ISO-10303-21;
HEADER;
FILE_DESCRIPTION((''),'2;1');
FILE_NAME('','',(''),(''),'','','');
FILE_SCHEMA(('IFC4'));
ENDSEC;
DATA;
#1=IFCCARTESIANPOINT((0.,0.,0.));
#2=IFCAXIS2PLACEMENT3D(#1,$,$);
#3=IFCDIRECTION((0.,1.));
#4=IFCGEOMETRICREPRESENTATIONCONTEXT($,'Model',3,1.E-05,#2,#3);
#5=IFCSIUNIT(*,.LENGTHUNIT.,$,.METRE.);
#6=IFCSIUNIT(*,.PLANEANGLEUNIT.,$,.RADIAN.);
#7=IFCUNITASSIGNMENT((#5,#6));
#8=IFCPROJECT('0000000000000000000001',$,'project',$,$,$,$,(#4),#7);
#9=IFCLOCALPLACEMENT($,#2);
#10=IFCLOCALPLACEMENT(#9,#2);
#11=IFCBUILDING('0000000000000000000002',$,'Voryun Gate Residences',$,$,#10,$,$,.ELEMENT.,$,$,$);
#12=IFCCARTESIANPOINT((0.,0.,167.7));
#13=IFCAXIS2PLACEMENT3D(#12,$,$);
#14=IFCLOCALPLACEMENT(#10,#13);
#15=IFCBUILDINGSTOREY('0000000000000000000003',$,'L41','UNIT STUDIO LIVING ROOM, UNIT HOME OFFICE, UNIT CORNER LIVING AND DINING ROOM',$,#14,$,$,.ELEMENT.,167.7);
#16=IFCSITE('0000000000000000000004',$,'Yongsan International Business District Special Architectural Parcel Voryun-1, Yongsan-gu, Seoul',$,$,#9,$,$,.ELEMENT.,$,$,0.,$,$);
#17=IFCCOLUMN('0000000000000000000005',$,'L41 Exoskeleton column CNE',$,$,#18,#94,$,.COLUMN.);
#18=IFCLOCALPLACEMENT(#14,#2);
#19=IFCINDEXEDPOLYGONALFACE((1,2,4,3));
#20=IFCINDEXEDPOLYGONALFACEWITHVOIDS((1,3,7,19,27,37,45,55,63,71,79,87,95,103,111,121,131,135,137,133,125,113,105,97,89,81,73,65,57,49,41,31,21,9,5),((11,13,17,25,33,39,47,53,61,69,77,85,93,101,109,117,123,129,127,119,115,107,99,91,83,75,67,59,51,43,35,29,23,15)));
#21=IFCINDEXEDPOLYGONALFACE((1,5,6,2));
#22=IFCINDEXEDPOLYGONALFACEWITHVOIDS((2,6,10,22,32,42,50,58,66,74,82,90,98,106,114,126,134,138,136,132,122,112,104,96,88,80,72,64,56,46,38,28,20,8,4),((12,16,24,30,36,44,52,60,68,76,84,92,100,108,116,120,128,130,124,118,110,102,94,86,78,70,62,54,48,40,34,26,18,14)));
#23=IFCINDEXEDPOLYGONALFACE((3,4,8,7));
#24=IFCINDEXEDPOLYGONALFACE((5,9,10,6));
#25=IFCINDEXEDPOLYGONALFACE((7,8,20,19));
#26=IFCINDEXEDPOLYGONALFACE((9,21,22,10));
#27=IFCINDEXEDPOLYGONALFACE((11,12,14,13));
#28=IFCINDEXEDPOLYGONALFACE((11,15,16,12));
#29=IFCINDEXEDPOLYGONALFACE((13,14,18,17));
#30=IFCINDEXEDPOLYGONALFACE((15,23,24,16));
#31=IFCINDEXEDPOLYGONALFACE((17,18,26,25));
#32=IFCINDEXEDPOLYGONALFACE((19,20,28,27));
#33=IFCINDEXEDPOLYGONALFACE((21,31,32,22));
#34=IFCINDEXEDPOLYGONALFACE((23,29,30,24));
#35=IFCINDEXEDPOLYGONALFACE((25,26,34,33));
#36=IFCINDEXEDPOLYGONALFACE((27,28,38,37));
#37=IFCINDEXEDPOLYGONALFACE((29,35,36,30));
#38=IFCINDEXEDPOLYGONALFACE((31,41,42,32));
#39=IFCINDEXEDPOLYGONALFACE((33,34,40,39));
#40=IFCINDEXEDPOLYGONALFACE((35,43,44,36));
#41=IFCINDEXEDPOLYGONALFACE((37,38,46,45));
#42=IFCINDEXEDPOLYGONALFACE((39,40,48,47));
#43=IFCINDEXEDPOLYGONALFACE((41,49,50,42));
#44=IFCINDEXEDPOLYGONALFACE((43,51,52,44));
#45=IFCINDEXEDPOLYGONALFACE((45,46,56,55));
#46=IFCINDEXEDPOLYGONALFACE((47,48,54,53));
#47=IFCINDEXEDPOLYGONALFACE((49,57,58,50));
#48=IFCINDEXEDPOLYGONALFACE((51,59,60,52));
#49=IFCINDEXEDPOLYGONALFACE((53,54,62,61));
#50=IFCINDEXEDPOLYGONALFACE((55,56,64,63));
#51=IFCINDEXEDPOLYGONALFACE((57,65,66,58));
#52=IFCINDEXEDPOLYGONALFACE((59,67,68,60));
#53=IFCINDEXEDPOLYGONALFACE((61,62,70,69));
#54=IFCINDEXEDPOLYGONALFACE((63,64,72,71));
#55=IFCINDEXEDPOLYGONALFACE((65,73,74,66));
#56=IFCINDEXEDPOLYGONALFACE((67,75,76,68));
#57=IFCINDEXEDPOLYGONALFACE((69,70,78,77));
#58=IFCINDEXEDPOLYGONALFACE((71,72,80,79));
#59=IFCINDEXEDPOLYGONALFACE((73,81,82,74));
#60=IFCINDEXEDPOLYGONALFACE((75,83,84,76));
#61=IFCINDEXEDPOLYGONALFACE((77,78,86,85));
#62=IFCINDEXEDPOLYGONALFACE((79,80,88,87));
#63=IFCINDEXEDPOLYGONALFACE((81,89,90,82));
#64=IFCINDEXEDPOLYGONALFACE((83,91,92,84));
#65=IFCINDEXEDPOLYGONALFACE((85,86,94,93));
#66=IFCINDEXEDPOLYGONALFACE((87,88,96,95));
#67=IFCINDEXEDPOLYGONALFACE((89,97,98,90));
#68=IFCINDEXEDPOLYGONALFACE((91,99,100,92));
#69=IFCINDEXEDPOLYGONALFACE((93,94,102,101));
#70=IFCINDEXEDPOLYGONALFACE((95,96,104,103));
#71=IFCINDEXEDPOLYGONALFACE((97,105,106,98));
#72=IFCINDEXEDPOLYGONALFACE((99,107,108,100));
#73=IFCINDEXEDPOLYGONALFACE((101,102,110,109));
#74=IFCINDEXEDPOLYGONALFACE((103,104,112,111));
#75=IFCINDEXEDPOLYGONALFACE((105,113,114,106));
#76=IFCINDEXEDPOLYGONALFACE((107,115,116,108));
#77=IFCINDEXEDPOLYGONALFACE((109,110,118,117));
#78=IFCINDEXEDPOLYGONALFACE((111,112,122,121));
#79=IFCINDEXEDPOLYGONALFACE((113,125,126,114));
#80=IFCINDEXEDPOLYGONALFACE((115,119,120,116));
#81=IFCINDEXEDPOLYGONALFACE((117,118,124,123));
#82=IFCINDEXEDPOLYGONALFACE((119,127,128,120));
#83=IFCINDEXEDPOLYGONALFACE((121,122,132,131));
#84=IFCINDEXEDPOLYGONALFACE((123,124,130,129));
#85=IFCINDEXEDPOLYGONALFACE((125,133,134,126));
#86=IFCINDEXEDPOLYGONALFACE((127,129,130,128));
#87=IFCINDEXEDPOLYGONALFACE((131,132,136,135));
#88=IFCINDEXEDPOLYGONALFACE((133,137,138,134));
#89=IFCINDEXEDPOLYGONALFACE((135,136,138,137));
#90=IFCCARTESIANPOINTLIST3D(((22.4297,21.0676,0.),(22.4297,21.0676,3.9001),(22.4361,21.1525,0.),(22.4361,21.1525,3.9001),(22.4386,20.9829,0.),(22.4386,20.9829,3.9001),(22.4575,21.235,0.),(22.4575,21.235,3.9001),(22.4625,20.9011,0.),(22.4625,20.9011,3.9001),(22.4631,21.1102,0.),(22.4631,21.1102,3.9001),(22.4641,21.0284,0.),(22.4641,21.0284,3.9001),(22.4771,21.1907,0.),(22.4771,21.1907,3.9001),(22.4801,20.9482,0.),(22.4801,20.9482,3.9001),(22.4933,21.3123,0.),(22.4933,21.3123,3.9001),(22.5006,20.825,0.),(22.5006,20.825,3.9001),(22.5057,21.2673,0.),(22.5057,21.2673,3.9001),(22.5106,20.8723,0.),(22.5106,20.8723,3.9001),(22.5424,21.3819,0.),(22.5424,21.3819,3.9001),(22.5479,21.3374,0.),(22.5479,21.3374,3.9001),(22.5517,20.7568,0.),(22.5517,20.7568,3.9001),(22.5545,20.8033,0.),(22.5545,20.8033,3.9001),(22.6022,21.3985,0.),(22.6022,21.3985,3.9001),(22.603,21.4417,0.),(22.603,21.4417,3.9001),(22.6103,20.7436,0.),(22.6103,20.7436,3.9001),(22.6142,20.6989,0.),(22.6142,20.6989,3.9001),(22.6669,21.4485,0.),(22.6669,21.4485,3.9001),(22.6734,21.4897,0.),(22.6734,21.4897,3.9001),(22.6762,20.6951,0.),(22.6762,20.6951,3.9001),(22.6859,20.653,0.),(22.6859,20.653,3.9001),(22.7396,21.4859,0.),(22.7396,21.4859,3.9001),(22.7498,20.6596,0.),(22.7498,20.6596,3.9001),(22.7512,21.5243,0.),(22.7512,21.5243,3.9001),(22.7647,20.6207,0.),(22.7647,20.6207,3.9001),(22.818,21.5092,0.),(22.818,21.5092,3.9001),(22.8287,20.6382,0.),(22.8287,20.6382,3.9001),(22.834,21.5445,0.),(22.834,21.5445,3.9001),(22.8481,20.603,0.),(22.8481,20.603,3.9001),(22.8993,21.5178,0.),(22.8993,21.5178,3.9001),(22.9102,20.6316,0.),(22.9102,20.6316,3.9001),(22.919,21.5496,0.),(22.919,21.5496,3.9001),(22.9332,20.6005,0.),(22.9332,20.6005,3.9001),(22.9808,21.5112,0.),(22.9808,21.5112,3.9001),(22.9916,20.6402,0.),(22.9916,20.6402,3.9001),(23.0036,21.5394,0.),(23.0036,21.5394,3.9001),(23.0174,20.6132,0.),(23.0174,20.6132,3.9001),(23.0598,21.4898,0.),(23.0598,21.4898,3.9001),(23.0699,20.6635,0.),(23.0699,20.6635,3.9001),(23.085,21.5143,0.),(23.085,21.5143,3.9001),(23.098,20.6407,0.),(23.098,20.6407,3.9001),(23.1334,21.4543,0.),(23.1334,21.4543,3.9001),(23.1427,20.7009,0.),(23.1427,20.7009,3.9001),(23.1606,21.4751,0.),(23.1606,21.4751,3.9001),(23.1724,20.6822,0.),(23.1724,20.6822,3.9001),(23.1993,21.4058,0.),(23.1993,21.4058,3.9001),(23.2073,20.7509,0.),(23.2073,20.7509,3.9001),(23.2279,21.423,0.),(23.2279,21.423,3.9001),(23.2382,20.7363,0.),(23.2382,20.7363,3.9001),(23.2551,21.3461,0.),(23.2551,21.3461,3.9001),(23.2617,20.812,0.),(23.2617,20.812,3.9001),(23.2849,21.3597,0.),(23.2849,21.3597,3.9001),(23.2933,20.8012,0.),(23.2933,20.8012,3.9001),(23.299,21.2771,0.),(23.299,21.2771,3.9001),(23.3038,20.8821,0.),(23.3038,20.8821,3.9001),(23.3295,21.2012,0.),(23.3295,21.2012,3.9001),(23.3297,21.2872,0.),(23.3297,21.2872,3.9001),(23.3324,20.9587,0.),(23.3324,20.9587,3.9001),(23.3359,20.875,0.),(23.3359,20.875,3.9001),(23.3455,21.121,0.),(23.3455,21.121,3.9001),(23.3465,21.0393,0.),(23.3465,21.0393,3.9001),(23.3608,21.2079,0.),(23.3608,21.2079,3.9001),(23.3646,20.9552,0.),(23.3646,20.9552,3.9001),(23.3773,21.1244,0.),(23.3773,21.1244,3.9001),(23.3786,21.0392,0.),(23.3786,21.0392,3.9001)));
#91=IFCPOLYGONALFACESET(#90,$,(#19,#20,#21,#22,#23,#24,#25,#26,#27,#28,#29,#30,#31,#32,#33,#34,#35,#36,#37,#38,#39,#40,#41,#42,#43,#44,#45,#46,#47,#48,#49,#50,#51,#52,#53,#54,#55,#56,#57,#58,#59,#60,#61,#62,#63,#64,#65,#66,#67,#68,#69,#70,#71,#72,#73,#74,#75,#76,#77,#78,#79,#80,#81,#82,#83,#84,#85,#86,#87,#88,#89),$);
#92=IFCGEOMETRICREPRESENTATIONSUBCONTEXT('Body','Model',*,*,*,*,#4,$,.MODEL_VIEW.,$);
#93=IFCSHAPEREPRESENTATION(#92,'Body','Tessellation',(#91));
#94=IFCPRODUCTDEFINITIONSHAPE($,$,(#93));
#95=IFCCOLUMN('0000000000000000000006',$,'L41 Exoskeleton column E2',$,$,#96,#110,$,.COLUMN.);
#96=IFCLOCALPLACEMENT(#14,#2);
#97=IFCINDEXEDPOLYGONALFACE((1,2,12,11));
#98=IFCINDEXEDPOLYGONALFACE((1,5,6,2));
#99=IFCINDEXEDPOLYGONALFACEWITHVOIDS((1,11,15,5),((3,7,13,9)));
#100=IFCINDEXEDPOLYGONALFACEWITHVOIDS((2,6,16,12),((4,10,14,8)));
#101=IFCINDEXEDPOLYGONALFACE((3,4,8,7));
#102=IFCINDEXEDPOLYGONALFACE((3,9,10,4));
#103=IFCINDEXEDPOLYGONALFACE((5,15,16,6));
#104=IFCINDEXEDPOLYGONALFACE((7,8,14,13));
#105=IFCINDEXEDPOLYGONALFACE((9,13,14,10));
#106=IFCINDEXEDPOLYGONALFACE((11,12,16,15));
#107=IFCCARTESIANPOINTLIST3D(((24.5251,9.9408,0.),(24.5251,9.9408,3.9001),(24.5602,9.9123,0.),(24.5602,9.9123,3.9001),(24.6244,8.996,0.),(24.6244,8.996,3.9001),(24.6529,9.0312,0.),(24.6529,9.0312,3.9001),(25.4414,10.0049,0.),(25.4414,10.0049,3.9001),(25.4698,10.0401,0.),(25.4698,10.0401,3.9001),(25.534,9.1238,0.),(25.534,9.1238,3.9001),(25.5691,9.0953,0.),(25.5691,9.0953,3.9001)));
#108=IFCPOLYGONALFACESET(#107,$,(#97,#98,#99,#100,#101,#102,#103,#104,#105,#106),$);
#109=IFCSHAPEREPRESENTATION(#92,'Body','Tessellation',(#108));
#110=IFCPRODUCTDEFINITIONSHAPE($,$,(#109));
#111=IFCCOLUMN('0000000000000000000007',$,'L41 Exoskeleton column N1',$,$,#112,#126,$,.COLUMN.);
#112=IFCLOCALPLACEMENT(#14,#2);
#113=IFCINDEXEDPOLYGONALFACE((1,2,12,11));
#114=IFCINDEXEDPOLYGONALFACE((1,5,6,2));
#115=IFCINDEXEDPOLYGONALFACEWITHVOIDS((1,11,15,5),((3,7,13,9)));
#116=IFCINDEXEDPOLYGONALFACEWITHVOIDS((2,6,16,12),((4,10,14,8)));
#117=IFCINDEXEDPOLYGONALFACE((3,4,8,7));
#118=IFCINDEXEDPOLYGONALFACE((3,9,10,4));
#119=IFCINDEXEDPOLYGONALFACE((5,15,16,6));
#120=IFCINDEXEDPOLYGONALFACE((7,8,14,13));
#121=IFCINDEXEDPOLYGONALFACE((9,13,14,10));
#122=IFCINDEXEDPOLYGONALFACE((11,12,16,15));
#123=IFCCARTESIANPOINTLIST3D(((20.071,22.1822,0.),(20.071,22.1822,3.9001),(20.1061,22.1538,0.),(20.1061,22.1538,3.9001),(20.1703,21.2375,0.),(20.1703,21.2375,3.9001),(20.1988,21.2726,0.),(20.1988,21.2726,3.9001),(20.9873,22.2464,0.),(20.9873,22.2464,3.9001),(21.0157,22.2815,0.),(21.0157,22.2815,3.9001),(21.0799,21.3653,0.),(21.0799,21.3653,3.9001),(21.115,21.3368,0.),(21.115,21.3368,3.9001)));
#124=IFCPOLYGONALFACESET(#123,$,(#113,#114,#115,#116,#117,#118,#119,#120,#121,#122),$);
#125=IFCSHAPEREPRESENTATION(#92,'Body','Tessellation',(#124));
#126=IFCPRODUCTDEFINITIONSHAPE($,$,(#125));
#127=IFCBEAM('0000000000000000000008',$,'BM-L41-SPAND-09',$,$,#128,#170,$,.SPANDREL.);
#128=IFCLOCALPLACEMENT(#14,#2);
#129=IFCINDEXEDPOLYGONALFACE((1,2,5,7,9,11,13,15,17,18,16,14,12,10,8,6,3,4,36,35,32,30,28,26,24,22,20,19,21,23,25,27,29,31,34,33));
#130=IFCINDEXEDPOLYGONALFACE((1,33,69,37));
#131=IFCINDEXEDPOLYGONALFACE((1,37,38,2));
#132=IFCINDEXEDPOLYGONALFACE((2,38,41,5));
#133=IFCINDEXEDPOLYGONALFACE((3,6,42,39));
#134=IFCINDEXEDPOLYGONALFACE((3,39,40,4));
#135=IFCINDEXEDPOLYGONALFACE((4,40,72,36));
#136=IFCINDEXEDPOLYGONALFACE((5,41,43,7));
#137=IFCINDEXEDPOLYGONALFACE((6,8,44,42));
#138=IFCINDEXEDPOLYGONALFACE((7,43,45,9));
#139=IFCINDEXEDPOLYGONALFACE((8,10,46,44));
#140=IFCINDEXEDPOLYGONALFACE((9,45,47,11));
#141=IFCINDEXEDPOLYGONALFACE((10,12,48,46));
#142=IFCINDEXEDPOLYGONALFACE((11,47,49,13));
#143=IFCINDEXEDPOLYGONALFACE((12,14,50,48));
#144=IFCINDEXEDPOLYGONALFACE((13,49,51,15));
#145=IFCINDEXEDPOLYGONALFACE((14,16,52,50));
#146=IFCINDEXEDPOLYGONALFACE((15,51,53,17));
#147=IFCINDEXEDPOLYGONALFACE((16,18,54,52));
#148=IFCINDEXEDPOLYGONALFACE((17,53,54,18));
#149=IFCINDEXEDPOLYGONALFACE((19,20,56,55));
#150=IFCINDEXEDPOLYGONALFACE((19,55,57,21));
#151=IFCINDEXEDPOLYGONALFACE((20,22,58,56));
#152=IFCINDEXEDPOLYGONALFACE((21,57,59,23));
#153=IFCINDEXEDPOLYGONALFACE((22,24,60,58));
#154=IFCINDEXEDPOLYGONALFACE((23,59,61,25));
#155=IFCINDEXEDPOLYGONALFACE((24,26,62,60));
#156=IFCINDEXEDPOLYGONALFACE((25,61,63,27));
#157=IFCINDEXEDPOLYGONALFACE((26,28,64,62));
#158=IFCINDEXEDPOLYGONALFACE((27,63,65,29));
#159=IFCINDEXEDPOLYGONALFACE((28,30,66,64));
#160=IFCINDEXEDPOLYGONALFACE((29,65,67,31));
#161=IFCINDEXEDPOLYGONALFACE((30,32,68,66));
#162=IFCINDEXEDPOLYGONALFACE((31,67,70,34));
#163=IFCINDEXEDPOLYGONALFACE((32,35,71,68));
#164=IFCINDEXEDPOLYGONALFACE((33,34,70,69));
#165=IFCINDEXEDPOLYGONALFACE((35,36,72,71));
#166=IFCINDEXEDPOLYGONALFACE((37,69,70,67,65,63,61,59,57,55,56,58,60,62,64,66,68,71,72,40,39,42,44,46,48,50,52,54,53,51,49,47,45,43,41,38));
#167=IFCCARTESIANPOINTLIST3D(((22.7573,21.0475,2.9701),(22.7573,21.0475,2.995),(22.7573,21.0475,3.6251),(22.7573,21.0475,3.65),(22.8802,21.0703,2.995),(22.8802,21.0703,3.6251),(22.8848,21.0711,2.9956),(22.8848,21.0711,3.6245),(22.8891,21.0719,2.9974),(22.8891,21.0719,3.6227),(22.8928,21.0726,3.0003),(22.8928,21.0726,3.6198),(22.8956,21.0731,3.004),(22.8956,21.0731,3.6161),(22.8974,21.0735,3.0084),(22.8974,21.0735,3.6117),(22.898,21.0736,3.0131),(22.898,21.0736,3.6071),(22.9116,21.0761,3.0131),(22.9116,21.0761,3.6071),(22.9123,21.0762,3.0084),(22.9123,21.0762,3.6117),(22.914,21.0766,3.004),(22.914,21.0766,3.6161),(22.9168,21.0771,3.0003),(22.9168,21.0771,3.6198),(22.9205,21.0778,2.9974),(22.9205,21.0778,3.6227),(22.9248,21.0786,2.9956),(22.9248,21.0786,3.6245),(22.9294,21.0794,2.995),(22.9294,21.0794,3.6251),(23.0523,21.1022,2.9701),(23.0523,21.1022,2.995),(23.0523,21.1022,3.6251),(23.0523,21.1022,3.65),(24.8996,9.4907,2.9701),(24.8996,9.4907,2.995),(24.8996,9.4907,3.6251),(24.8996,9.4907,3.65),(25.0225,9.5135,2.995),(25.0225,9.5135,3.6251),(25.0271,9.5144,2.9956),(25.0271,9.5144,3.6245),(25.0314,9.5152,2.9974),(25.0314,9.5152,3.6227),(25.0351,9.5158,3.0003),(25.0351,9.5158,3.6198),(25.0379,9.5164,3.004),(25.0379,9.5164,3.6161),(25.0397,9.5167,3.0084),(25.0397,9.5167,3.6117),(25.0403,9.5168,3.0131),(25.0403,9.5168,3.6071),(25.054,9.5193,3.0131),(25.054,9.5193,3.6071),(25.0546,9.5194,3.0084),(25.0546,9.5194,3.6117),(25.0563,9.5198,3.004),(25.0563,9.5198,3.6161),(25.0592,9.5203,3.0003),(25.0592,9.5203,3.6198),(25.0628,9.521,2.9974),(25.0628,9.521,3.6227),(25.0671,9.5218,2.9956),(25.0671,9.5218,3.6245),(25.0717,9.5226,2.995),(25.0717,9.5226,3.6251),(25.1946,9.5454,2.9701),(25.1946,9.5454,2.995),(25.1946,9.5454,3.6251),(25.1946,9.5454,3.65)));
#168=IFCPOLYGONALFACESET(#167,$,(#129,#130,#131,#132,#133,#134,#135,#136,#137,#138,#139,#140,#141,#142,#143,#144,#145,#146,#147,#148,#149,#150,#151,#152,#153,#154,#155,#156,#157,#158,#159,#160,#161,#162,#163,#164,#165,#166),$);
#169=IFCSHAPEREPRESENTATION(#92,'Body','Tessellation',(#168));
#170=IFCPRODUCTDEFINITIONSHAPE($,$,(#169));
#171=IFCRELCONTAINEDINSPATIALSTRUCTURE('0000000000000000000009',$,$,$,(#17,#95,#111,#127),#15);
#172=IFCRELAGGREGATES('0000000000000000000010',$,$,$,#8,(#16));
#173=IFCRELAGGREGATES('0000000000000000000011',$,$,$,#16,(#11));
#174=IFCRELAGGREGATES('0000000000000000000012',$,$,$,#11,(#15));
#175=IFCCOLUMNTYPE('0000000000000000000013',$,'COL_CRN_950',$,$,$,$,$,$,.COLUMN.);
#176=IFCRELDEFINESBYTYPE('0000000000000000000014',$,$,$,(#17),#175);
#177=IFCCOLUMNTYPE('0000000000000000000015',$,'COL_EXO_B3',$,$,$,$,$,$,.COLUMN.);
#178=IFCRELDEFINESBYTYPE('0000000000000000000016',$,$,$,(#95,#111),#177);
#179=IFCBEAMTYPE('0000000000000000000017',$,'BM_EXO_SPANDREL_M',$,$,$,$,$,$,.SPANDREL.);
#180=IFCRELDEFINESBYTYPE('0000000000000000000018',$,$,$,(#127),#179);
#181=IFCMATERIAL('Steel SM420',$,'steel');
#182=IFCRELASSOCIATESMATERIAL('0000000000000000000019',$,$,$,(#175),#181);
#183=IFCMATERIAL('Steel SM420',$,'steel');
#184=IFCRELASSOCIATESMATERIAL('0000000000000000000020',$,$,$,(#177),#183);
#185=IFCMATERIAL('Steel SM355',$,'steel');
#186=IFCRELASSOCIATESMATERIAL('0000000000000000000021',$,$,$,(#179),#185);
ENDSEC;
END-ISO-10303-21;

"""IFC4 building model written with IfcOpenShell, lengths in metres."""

from ifc_helpers import new_model, si_unit, direction, frame, origin, origin_2d, place, context, subcontext, project, spatial, hollow_rectangle, hollow_circle, i_section, extrude, material, material_profile, profile_set, type_object, element, save


model = new_model("IFC4")

# Units and contexts
model_context = context("Model", 3, precision=1e-05, world=origin(), true_north=direction((0.0, 1.0)))
body_context = subcontext(model_context, "Body", "Model", "MODEL_VIEW")
ifc_project = project(units=[si_unit("LENGTHUNIT", "METRE"), si_unit("PLANEANGLEUNIT", "RADIAN")], contexts=[model_context])

# Site, building, storey
site_placement = place(None, origin())
site = spatial("IfcSite", under=ifc_project, at=site_placement, Name="Yongsan International Business District Special Architectural Parcel Voryun-1, Yongsan-gu, Seoul", CompositionType="ELEMENT", RefElevation=0.0)
building_placement = place(site_placement, origin())
building = spatial("IfcBuilding", under=site, at=building_placement, Name="Voryun Gate Residences", CompositionType="ELEMENT")
storey_placement = place(building_placement, frame((0.0, 0.0, 167.7)))
storey = spatial("IfcBuildingStorey", under=building, at=storey_placement, Name="L41", Description="UNIT STUDIO LIVING ROOM, UNIT HOME OFFICE, UNIT CORNER LIVING AND DINING ROOM", CompositionType="ELEMENT", Elevation=167.7)

# Columns
ifc_material_1 = material(Name="Steel SM420", Category="steel")
ifc_material_profile_1 = material_profile(ifc_material_1, hollow_circle(Radius=0.4751, WallThickness=0.032, at=origin_2d()), Name="CHS-950x32")
ifc_profile_set_1 = profile_set([ifc_material_profile_1], Name="Steel SM420")
column_type_1 = type_object("IfcColumnType", Name="COL_CRN_950", PredefinedType="COLUMN", material=ifc_profile_set_1)
column_placement = place(storey_placement, frame((22.9048, 21.0747, 0.0), z_axis=(0.0, 0.0, 1.0), x_axis=(0.994522, 0.104528, 0.0)))
element("IfcColumn", 1, at=column_placement, inside=storey, type_object=column_type_1, Name="L41 Exoskeleton column CNE", PredefinedType="COLUMN", context=body_context, shape_type="SweptSolid", body=[
    extrude(hollow_circle(Radius=0.4751, WallThickness=0.032, at=origin_2d()), origin(), (0.0, 0.0, 1.0), 3.9001),
])
ifc_material_2 = material(Name="Steel SM420", Category="steel")
ifc_material_profile_2 = material_profile(ifc_material_2, hollow_rectangle(XDim=0.95, YDim=0.95, WallThickness=0.032, at=origin_2d()), Name="BOX-950x950x32")
ifc_profile_set_2 = profile_set([ifc_material_profile_2], Name="Steel SM420")
column_type_2 = type_object("IfcColumnType", Name="COL_EXO_B3", PredefinedType="COLUMN", material=ifc_profile_set_2)
for number, where, z_axis, x_axis, name in (
    (2, (25.0471, 9.5181, 0.0), (0.0, 0.0, 1.0), (0.994522, 0.104528, 0.0), "L41 Exoskeleton column E2"),
    (3, (20.593, 21.7595, 0.0), (0.0, 0.0, 1.0), (0.994522, 0.104528, 0.0), "L41 Exoskeleton column N1"),
):
    element("IfcColumn", number, at=place(storey_placement, frame(where, z_axis=z_axis, x_axis=x_axis)), inside=storey, type_object=column_type_2, Name=name, PredefinedType="COLUMN", context=body_context, shape_type="SweptSolid", body=[
        extrude(hollow_rectangle(XDim=0.95, YDim=0.95, WallThickness=0.032, at=origin_2d()), origin(), (0.0, 0.0, 1.0), 3.9001),
    ])

# Beam
ifc_material_3 = material(Name="Steel SM355", Category="steel")
ifc_material_profile_3 = material_profile(ifc_material_3, i_section(OverallWidth=0.3, OverallDepth=0.6799, WebThickness=0.0139, FlangeThickness=0.0249, FilletRadius=0.0181, at=origin_2d()), Name="H-680x300x14x25")
ifc_profile_set_3 = profile_set([ifc_material_profile_3], Name="Steel SM355")
beam_type_1 = type_object("IfcBeamType", Name="BM_EXO_SPANDREL_M", PredefinedType="SPANDREL", material=ifc_profile_set_3)
beam_1_placement = place(storey_placement, frame((25.0471, 9.5181, 3.3101), z_axis=(-0.182268, 0.983249, 0.0), x_axis=(-0.983249, -0.182268, 0.0)))
element("IfcBeam", 4, at=beam_1_placement, inside=storey, type_object=beam_type_1, Name="BM-L41-SPAND-09", PredefinedType="SPANDREL", context=body_context, shape_type="SweptSolid", body=[
    extrude(i_section(OverallWidth=0.3, OverallDepth=0.6799, WebThickness=0.0139, FlangeThickness=0.0249, FilletRadius=0.0181, at=origin_2d()), origin(), (0.0, 0.0, 1.0), 11.7537),
])

save(model, "model.ifc")
